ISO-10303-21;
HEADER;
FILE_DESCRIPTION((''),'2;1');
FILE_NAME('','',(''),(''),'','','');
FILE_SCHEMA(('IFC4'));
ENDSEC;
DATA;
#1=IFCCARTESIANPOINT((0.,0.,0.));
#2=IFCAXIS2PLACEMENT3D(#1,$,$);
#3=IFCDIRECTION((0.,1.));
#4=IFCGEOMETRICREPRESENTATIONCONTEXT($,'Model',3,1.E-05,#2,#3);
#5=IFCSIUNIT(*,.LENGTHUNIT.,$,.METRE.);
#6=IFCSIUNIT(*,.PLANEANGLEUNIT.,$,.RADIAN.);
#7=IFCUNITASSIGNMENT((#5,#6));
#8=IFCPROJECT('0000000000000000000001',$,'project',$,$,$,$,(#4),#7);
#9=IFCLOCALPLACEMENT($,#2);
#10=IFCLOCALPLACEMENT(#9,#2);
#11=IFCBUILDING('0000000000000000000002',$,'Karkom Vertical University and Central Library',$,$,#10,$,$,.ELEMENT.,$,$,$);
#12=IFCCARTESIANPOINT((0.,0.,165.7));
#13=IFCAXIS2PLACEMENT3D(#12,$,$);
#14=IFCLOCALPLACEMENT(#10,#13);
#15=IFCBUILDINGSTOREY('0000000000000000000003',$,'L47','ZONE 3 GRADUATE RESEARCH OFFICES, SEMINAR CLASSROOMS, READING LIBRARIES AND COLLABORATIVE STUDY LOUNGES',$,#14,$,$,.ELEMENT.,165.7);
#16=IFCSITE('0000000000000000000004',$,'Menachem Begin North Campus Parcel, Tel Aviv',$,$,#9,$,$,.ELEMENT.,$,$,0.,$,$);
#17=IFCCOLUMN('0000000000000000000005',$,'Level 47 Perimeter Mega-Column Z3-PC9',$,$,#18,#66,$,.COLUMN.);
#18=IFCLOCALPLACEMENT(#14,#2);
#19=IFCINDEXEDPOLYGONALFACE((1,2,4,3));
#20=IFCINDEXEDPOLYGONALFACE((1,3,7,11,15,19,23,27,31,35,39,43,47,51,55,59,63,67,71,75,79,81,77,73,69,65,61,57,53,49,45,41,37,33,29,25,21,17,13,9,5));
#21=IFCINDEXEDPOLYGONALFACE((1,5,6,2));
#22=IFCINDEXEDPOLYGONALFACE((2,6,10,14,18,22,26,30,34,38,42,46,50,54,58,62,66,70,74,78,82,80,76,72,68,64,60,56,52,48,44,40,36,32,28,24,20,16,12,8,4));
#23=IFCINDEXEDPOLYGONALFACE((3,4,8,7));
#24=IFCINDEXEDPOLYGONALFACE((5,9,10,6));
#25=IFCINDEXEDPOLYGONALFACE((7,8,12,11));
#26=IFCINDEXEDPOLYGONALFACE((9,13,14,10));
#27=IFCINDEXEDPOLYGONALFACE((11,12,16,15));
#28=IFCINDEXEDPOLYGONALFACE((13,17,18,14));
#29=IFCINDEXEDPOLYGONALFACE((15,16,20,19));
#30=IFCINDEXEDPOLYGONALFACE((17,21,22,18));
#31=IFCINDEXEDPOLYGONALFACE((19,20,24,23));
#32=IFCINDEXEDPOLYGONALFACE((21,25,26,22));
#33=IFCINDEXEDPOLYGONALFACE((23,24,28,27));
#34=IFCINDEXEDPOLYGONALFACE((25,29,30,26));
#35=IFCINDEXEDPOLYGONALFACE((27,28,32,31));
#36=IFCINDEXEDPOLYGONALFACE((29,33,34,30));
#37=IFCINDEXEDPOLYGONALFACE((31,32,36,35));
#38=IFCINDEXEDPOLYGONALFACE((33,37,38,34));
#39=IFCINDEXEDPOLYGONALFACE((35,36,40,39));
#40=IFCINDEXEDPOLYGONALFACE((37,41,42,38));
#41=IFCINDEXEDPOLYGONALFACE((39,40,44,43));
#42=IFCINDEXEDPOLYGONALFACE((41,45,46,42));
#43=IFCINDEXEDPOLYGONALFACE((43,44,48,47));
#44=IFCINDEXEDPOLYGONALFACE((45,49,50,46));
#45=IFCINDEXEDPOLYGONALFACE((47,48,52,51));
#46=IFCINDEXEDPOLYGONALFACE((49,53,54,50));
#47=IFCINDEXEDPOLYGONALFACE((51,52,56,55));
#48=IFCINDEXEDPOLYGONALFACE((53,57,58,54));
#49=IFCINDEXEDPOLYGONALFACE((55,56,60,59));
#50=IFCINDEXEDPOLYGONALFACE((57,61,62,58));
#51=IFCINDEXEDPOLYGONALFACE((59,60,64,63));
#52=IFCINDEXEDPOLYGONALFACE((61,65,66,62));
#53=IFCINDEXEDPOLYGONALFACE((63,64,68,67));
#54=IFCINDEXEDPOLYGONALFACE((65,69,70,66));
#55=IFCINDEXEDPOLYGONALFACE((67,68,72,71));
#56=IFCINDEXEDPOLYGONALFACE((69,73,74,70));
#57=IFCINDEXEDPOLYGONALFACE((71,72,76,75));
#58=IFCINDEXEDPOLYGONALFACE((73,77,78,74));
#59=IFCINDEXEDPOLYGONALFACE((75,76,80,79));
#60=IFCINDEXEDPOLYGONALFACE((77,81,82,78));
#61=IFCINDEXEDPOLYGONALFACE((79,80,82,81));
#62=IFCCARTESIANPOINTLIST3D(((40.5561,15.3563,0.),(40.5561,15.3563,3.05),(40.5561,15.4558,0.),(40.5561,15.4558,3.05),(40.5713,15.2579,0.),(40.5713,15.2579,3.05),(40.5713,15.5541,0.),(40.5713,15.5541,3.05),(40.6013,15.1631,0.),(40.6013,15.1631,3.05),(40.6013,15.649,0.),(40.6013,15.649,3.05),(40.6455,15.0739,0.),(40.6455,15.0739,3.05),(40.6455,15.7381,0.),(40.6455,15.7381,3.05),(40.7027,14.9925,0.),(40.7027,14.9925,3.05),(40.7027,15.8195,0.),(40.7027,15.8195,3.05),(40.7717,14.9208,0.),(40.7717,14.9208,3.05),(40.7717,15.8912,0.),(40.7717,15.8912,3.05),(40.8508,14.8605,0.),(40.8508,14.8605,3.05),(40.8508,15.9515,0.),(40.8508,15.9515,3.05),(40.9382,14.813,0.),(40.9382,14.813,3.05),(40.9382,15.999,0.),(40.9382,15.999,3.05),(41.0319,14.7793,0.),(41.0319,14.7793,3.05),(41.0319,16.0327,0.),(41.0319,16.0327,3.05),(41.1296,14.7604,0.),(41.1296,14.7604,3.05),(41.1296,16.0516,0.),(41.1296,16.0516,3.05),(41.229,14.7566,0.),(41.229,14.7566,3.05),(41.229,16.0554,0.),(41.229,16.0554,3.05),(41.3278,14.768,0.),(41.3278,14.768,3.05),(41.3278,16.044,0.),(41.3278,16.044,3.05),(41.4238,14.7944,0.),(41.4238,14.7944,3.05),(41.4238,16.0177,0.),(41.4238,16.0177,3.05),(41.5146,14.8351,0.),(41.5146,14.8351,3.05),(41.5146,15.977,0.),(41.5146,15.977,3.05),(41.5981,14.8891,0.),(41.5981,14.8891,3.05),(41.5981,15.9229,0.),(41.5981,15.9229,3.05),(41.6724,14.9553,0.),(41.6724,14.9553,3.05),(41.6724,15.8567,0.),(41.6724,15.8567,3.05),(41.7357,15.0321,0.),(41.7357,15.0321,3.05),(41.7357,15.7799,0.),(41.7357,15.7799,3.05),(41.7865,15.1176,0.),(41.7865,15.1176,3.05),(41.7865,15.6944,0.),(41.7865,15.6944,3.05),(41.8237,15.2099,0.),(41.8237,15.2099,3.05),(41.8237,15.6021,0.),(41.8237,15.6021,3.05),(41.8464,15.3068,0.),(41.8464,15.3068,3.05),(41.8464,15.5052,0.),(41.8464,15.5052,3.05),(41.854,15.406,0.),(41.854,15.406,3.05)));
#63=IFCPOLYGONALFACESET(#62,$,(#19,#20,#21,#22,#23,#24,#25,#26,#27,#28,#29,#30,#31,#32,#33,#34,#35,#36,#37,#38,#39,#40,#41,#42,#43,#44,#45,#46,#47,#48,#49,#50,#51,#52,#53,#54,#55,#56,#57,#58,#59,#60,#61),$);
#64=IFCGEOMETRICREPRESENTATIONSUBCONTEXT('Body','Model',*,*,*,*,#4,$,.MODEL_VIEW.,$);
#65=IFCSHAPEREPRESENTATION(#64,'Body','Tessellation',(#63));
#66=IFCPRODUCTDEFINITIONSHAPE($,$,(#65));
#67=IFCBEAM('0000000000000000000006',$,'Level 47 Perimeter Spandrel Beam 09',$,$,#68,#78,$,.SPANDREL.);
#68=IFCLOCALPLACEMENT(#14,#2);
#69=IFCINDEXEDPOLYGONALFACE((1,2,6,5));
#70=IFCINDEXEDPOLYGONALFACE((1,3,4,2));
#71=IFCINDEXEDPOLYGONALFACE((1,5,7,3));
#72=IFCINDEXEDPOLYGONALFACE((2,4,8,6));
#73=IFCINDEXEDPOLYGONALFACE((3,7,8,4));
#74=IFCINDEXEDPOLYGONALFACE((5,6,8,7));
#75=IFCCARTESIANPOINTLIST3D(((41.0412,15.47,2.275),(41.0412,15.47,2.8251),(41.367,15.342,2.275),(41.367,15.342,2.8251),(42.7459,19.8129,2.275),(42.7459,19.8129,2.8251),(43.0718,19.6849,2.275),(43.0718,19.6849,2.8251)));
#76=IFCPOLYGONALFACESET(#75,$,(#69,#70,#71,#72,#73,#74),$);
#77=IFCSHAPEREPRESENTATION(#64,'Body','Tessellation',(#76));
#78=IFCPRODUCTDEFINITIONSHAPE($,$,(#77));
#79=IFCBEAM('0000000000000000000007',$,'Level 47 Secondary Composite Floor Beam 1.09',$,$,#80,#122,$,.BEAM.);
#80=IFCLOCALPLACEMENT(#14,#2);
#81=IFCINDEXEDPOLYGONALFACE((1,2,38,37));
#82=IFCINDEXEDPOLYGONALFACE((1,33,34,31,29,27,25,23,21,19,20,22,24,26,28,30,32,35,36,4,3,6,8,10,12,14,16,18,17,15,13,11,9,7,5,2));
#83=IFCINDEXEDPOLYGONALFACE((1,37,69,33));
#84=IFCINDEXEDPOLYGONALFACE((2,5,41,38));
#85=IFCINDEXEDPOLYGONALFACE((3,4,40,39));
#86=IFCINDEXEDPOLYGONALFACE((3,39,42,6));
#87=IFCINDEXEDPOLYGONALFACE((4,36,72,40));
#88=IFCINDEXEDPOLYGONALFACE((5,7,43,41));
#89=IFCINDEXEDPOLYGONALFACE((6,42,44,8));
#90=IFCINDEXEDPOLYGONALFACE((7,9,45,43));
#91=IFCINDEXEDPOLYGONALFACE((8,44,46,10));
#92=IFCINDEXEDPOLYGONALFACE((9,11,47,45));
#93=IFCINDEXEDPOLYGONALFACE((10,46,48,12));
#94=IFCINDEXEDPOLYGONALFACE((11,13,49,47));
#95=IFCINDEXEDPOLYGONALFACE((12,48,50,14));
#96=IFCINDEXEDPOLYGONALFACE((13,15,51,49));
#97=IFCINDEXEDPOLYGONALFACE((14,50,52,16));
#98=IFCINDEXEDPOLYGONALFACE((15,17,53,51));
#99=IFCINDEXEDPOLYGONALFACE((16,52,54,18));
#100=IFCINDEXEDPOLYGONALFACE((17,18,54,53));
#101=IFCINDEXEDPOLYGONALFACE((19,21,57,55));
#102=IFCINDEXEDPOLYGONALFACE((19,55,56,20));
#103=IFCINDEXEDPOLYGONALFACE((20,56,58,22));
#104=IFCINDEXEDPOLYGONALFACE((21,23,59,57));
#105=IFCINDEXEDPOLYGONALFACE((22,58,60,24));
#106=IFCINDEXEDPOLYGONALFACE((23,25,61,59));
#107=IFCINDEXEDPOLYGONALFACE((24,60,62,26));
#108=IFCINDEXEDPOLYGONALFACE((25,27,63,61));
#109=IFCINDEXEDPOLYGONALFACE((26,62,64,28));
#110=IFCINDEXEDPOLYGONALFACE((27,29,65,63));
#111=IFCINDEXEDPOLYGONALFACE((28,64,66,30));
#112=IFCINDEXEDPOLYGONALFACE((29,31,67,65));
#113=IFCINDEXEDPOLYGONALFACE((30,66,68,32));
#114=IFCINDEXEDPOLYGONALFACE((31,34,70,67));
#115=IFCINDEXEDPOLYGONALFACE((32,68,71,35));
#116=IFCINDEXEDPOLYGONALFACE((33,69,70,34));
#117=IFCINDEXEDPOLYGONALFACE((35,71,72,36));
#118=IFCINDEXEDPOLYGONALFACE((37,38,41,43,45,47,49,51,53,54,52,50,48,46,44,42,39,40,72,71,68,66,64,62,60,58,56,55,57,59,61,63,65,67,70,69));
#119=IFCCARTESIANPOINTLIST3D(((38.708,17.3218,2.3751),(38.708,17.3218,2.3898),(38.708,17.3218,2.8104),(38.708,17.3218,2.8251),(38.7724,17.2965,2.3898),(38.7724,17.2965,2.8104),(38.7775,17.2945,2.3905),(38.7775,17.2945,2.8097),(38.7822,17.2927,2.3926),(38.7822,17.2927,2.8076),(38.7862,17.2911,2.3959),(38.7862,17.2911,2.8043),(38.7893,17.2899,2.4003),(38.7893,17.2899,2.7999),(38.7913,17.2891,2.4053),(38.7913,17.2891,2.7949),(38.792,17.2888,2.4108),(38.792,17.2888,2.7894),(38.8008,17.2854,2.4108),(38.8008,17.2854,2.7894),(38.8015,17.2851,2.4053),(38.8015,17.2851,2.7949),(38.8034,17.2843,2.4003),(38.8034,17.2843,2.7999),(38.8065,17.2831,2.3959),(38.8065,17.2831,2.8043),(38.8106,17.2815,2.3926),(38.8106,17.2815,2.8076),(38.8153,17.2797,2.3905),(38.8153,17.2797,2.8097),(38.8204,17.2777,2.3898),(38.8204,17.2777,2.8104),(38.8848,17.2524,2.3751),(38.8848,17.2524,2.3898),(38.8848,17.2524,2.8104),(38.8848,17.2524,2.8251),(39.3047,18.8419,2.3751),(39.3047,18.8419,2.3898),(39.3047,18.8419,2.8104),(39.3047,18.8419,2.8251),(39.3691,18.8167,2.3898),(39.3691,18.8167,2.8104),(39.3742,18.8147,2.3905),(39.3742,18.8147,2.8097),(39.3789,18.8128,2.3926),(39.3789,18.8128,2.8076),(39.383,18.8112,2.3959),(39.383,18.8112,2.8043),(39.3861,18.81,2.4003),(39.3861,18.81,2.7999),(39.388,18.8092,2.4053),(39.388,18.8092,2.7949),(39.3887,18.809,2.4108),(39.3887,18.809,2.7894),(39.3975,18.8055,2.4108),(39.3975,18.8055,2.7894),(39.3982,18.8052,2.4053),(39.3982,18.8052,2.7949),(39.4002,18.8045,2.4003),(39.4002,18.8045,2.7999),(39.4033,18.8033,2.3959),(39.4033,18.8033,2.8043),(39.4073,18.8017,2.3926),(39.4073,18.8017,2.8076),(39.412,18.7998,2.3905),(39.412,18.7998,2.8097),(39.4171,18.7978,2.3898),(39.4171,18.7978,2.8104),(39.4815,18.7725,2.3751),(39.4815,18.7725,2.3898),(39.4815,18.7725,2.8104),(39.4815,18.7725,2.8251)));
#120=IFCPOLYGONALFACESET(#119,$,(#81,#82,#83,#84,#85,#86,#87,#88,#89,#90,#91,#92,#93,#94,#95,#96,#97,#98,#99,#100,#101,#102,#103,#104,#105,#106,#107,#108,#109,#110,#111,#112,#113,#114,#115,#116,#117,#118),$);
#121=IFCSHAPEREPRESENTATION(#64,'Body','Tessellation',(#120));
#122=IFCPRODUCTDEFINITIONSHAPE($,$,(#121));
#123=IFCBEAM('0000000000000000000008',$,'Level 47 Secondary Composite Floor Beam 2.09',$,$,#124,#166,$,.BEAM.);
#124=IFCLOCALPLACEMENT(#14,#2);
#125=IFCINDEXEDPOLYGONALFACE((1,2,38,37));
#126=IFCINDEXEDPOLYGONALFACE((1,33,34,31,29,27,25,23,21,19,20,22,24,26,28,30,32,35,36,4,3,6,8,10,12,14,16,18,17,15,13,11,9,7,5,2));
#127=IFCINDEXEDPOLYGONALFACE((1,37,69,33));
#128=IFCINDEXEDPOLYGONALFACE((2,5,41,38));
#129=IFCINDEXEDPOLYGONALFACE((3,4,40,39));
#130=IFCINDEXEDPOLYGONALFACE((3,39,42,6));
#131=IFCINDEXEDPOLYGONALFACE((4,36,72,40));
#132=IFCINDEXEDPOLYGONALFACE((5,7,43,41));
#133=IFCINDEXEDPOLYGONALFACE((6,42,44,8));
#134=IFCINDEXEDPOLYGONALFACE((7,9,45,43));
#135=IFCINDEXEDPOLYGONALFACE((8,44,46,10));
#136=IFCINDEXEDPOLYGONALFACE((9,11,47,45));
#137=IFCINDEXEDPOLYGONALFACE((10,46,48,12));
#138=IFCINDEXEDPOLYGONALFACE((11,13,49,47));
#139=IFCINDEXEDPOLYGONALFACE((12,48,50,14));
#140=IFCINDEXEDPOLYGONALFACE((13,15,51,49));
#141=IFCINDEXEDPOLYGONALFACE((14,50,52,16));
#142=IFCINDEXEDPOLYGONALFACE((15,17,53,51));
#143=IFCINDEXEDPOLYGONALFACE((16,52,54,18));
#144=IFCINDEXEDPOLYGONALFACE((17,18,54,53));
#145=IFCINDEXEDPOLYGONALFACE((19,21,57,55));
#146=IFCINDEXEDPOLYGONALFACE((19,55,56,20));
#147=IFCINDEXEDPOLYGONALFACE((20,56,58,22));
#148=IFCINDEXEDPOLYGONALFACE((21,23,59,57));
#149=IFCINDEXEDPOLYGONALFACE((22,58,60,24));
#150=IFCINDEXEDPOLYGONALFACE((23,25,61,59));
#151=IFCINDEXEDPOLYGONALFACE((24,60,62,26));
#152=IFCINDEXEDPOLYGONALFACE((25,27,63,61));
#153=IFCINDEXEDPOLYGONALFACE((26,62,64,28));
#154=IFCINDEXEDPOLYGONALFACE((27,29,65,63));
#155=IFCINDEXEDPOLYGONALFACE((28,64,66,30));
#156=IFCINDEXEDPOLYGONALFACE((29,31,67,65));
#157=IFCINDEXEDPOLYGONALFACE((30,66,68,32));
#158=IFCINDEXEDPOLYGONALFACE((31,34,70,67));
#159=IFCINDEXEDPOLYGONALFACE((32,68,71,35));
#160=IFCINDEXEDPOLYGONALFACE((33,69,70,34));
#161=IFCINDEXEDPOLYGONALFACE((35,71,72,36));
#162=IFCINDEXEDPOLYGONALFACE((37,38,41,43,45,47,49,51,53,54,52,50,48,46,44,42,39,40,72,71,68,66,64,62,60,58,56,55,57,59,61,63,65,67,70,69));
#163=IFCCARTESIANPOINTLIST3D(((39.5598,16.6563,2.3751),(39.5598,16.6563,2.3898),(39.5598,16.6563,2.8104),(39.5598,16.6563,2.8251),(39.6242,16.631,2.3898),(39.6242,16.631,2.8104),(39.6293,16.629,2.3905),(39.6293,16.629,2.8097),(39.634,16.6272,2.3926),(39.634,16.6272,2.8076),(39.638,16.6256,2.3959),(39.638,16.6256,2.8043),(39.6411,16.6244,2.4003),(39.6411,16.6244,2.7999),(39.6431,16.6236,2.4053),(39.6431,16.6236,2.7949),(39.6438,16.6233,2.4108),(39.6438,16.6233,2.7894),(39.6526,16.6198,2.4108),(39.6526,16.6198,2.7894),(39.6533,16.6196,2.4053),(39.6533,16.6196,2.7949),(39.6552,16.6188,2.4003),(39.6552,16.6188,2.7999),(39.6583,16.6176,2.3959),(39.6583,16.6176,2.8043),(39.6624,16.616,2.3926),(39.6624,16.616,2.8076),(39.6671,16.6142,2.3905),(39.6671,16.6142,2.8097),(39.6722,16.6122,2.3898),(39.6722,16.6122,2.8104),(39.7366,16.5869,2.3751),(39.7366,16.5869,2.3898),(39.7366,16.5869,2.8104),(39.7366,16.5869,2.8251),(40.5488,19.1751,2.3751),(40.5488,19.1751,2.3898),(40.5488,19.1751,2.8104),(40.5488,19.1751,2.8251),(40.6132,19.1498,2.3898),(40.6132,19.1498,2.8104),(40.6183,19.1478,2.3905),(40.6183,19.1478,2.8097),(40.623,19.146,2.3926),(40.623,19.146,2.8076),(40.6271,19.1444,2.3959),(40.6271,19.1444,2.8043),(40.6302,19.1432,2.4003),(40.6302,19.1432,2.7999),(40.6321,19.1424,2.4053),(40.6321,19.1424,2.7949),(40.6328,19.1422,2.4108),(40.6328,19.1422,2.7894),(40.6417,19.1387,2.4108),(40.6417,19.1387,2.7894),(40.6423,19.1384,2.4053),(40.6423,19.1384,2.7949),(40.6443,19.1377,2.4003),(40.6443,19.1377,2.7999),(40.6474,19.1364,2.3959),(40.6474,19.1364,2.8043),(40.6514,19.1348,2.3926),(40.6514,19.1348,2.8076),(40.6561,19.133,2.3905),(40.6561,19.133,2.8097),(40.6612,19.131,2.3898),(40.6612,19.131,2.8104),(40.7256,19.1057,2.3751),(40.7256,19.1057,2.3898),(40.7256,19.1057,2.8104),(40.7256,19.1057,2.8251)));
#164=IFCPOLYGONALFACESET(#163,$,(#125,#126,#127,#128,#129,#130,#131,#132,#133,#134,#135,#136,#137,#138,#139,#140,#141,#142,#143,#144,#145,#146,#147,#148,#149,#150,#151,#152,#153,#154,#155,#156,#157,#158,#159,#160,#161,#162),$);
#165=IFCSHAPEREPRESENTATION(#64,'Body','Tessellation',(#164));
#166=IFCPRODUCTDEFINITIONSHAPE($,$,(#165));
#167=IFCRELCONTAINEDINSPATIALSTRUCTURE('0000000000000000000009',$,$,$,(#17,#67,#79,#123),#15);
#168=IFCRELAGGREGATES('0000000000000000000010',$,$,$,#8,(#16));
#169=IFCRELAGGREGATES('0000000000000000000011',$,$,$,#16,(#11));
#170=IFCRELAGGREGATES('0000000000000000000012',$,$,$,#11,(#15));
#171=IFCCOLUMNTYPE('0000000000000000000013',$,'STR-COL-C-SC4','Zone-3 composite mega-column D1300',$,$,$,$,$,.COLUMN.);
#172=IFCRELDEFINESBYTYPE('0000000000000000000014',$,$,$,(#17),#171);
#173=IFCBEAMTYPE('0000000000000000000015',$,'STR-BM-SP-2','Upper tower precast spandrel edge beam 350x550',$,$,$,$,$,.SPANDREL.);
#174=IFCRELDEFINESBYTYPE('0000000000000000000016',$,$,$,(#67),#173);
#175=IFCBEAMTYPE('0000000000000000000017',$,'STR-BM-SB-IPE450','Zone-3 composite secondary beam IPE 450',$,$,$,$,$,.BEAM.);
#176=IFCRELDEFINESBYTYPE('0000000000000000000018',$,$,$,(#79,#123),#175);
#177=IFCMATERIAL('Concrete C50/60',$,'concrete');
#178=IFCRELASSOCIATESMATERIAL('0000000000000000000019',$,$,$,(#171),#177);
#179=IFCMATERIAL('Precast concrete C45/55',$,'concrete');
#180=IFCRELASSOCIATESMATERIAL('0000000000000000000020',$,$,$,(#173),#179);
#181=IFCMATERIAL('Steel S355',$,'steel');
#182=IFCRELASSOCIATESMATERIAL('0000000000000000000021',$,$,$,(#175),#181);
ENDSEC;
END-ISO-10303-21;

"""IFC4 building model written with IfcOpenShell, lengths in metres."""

from ifc_helpers import new_model, si_unit, direction, frame, origin, origin_with_axes, origin_2d, place, context, subcontext, project, spatial, rectangle, circle, i_section, extrude, source, transform, mapped, material, material_profile, profile_set, type_object, element, save


model = new_model("IFC4")

# Units and contexts
model_context = context("Model", 3, precision=1e-05, world=origin(), true_north=direction((0.0, 1.0)))
body_context = subcontext(model_context, "Body", "Model", "MODEL_VIEW")
ifc_project = project(units=[si_unit("LENGTHUNIT", "METRE"), si_unit("PLANEANGLEUNIT", "RADIAN")], contexts=[model_context])

# Site, building, storey
site_placement = place(None, origin())
site = spatial("IfcSite", under=ifc_project, at=site_placement, Name="Menachem Begin North Campus Parcel, Tel Aviv", CompositionType="ELEMENT", RefElevation=0.0)
building_placement = place(site_placement, origin())
building = spatial("IfcBuilding", under=site, at=building_placement, Name="Karkom Vertical University and Central Library", CompositionType="ELEMENT")
storey_placement = place(building_placement, frame((0.0, 0.0, 165.7)))
storey = spatial("IfcBuildingStorey", under=building, at=storey_placement, Name="L47", Description="ZONE 3 GRADUATE RESEARCH OFFICES, SEMINAR CLASSROOMS, READING LIBRARIES AND COLLABORATIVE STUDY LOUNGES", CompositionType="ELEMENT", Elevation=165.7)

# Column
ifc_material_1 = material(Name="Concrete C50/60", Category="concrete")
ifc_material_profile_1 = material_profile(ifc_material_1, circle(Radius=0.6499, at=origin_2d()), Name="CFT-D1300")
ifc_profile_set_1 = profile_set([ifc_material_profile_1], Name="Concrete C50/60")
column_type = type_object("IfcColumnType", Name="STR-COL-C-SC4", Description="Zone-3 composite mega-column D1300", PredefinedType="COLUMN", material=ifc_profile_set_1)
shared_shape_1 = source(origin_with_axes(), body_context, "Body", "SweptSolid", [
    extrude(circle(Radius=0.6499, at=origin_2d()), origin(), (0.0, 0.0, 1.0), 3.05),
])
column_placement = place(storey_placement, frame((41.2041, 15.406, 0.0), z_axis=(0.0, 0.0, 1.0), x_axis=(1.0, 0.0, 0.0)))
element("IfcColumn", 1, at=column_placement, inside=storey, type_object=column_type, Name="Level 47 Perimeter Mega-Column Z3-PC9", PredefinedType="COLUMN", context=body_context, shape_type="MappedRepresentation", body=[
    mapped(shared_shape_1, transform((0.0, 0.0, 0.0), scale=1.0)),
])

# Beams
ifc_material_2 = material(Name="Precast concrete C45/55", Category="concrete")
ifc_material_profile_2 = material_profile(ifc_material_2, rectangle(XDim=0.3501, YDim=0.55, at=origin_2d()), Name="SPB-350x550")
ifc_profile_set_2 = profile_set([ifc_material_profile_2], Name="Precast concrete C45/55")
beam_type_1 = type_object("IfcBeamType", Name="STR-BM-SP-2", Description="Upper tower precast spandrel edge beam 350x550", PredefinedType="SPANDREL", material=ifc_profile_set_2)
shared_shape_2 = source(origin_with_axes(), body_context, "Body", "SweptSolid", [
    extrude(rectangle(XDim=0.3501, YDim=0.55, at=origin_2d()), origin(), (0.0, 0.0, 1.0), 4.6655),
])
beam_1_placement = place(storey_placement, frame((41.2041, 15.406, 2.55), z_axis=(0.365401, 0.93085, 0.0), x_axis=(-0.93085, 0.365401, 0.0)))
element("IfcBeam", 2, at=beam_1_placement, inside=storey, type_object=beam_type_1, Name="Level 47 Perimeter Spandrel Beam 09", PredefinedType="SPANDREL", context=body_context, shape_type="MappedRepresentation", body=[
    mapped(shared_shape_2, transform((0.0, 0.0, 0.0), scale=1.0)),
])
ifc_material_3 = material(Name="Steel S355", Category="steel")
ifc_material_profile_3 = material_profile(ifc_material_3, i_section(OverallWidth=0.1899, OverallDepth=0.45, WebThickness=0.0095, FlangeThickness=0.0146, FilletRadius=0.021, at=origin_2d()), Name="IPE 450")
ifc_profile_set_3 = profile_set([ifc_material_profile_3], Name="Steel S355")
beam_type_2 = type_object("IfcBeamType", Name="STR-BM-SB-IPE450", Description="Zone-3 composite secondary beam IPE 450", PredefinedType="BEAM", material=ifc_profile_set_3)
shared_shape_3 = source(origin_with_axes(), body_context, "Body", "SweptSolid", [
    extrude(i_section(OverallWidth=0.1899, OverallDepth=0.45, WebThickness=0.0095, FlangeThickness=0.0146, FilletRadius=0.021, at=origin_2d()), origin(), (0.0, 0.0, 1.0), 1.6331),
])
beam_2_placement = place(storey_placement, frame((38.7964, 17.2871, 2.6001), z_axis=(0.365403, 0.93085, 0.0), x_axis=(-0.93085, 0.365403, 0.0)))
element("IfcBeam", 3, at=beam_2_placement, inside=storey, type_object=beam_type_2, Name="Level 47 Secondary Composite Floor Beam 1.09", PredefinedType="BEAM", context=body_context, shape_type="MappedRepresentation", body=[
    mapped(shared_shape_3, transform((0.0, 0.0, 0.0), scale=1.0)),
])
shared_shape_4 = source(origin_with_axes(), body_context, "Body", "SweptSolid", [
    extrude(i_section(OverallWidth=0.1899, OverallDepth=0.45, WebThickness=0.0095, FlangeThickness=0.0146, FilletRadius=0.021, at=origin_2d()), origin(), (0.0, 0.0, 1.0), 2.7061),
])
beam_3_placement = place(storey_placement, frame((39.6482, 16.6216, 2.6001), z_axis=(0.365488, 0.930816, 0.0), x_axis=(-0.930816, 0.365488, 0.0)))
element("IfcBeam", 4, at=beam_3_placement, inside=storey, type_object=beam_type_2, Name="Level 47 Secondary Composite Floor Beam 2.09", PredefinedType="BEAM", context=body_context, shape_type="MappedRepresentation", body=[
    mapped(shared_shape_4, transform((0.0, 0.0, 0.0), scale=1.0)),
])

save(model, "model.ifc")
